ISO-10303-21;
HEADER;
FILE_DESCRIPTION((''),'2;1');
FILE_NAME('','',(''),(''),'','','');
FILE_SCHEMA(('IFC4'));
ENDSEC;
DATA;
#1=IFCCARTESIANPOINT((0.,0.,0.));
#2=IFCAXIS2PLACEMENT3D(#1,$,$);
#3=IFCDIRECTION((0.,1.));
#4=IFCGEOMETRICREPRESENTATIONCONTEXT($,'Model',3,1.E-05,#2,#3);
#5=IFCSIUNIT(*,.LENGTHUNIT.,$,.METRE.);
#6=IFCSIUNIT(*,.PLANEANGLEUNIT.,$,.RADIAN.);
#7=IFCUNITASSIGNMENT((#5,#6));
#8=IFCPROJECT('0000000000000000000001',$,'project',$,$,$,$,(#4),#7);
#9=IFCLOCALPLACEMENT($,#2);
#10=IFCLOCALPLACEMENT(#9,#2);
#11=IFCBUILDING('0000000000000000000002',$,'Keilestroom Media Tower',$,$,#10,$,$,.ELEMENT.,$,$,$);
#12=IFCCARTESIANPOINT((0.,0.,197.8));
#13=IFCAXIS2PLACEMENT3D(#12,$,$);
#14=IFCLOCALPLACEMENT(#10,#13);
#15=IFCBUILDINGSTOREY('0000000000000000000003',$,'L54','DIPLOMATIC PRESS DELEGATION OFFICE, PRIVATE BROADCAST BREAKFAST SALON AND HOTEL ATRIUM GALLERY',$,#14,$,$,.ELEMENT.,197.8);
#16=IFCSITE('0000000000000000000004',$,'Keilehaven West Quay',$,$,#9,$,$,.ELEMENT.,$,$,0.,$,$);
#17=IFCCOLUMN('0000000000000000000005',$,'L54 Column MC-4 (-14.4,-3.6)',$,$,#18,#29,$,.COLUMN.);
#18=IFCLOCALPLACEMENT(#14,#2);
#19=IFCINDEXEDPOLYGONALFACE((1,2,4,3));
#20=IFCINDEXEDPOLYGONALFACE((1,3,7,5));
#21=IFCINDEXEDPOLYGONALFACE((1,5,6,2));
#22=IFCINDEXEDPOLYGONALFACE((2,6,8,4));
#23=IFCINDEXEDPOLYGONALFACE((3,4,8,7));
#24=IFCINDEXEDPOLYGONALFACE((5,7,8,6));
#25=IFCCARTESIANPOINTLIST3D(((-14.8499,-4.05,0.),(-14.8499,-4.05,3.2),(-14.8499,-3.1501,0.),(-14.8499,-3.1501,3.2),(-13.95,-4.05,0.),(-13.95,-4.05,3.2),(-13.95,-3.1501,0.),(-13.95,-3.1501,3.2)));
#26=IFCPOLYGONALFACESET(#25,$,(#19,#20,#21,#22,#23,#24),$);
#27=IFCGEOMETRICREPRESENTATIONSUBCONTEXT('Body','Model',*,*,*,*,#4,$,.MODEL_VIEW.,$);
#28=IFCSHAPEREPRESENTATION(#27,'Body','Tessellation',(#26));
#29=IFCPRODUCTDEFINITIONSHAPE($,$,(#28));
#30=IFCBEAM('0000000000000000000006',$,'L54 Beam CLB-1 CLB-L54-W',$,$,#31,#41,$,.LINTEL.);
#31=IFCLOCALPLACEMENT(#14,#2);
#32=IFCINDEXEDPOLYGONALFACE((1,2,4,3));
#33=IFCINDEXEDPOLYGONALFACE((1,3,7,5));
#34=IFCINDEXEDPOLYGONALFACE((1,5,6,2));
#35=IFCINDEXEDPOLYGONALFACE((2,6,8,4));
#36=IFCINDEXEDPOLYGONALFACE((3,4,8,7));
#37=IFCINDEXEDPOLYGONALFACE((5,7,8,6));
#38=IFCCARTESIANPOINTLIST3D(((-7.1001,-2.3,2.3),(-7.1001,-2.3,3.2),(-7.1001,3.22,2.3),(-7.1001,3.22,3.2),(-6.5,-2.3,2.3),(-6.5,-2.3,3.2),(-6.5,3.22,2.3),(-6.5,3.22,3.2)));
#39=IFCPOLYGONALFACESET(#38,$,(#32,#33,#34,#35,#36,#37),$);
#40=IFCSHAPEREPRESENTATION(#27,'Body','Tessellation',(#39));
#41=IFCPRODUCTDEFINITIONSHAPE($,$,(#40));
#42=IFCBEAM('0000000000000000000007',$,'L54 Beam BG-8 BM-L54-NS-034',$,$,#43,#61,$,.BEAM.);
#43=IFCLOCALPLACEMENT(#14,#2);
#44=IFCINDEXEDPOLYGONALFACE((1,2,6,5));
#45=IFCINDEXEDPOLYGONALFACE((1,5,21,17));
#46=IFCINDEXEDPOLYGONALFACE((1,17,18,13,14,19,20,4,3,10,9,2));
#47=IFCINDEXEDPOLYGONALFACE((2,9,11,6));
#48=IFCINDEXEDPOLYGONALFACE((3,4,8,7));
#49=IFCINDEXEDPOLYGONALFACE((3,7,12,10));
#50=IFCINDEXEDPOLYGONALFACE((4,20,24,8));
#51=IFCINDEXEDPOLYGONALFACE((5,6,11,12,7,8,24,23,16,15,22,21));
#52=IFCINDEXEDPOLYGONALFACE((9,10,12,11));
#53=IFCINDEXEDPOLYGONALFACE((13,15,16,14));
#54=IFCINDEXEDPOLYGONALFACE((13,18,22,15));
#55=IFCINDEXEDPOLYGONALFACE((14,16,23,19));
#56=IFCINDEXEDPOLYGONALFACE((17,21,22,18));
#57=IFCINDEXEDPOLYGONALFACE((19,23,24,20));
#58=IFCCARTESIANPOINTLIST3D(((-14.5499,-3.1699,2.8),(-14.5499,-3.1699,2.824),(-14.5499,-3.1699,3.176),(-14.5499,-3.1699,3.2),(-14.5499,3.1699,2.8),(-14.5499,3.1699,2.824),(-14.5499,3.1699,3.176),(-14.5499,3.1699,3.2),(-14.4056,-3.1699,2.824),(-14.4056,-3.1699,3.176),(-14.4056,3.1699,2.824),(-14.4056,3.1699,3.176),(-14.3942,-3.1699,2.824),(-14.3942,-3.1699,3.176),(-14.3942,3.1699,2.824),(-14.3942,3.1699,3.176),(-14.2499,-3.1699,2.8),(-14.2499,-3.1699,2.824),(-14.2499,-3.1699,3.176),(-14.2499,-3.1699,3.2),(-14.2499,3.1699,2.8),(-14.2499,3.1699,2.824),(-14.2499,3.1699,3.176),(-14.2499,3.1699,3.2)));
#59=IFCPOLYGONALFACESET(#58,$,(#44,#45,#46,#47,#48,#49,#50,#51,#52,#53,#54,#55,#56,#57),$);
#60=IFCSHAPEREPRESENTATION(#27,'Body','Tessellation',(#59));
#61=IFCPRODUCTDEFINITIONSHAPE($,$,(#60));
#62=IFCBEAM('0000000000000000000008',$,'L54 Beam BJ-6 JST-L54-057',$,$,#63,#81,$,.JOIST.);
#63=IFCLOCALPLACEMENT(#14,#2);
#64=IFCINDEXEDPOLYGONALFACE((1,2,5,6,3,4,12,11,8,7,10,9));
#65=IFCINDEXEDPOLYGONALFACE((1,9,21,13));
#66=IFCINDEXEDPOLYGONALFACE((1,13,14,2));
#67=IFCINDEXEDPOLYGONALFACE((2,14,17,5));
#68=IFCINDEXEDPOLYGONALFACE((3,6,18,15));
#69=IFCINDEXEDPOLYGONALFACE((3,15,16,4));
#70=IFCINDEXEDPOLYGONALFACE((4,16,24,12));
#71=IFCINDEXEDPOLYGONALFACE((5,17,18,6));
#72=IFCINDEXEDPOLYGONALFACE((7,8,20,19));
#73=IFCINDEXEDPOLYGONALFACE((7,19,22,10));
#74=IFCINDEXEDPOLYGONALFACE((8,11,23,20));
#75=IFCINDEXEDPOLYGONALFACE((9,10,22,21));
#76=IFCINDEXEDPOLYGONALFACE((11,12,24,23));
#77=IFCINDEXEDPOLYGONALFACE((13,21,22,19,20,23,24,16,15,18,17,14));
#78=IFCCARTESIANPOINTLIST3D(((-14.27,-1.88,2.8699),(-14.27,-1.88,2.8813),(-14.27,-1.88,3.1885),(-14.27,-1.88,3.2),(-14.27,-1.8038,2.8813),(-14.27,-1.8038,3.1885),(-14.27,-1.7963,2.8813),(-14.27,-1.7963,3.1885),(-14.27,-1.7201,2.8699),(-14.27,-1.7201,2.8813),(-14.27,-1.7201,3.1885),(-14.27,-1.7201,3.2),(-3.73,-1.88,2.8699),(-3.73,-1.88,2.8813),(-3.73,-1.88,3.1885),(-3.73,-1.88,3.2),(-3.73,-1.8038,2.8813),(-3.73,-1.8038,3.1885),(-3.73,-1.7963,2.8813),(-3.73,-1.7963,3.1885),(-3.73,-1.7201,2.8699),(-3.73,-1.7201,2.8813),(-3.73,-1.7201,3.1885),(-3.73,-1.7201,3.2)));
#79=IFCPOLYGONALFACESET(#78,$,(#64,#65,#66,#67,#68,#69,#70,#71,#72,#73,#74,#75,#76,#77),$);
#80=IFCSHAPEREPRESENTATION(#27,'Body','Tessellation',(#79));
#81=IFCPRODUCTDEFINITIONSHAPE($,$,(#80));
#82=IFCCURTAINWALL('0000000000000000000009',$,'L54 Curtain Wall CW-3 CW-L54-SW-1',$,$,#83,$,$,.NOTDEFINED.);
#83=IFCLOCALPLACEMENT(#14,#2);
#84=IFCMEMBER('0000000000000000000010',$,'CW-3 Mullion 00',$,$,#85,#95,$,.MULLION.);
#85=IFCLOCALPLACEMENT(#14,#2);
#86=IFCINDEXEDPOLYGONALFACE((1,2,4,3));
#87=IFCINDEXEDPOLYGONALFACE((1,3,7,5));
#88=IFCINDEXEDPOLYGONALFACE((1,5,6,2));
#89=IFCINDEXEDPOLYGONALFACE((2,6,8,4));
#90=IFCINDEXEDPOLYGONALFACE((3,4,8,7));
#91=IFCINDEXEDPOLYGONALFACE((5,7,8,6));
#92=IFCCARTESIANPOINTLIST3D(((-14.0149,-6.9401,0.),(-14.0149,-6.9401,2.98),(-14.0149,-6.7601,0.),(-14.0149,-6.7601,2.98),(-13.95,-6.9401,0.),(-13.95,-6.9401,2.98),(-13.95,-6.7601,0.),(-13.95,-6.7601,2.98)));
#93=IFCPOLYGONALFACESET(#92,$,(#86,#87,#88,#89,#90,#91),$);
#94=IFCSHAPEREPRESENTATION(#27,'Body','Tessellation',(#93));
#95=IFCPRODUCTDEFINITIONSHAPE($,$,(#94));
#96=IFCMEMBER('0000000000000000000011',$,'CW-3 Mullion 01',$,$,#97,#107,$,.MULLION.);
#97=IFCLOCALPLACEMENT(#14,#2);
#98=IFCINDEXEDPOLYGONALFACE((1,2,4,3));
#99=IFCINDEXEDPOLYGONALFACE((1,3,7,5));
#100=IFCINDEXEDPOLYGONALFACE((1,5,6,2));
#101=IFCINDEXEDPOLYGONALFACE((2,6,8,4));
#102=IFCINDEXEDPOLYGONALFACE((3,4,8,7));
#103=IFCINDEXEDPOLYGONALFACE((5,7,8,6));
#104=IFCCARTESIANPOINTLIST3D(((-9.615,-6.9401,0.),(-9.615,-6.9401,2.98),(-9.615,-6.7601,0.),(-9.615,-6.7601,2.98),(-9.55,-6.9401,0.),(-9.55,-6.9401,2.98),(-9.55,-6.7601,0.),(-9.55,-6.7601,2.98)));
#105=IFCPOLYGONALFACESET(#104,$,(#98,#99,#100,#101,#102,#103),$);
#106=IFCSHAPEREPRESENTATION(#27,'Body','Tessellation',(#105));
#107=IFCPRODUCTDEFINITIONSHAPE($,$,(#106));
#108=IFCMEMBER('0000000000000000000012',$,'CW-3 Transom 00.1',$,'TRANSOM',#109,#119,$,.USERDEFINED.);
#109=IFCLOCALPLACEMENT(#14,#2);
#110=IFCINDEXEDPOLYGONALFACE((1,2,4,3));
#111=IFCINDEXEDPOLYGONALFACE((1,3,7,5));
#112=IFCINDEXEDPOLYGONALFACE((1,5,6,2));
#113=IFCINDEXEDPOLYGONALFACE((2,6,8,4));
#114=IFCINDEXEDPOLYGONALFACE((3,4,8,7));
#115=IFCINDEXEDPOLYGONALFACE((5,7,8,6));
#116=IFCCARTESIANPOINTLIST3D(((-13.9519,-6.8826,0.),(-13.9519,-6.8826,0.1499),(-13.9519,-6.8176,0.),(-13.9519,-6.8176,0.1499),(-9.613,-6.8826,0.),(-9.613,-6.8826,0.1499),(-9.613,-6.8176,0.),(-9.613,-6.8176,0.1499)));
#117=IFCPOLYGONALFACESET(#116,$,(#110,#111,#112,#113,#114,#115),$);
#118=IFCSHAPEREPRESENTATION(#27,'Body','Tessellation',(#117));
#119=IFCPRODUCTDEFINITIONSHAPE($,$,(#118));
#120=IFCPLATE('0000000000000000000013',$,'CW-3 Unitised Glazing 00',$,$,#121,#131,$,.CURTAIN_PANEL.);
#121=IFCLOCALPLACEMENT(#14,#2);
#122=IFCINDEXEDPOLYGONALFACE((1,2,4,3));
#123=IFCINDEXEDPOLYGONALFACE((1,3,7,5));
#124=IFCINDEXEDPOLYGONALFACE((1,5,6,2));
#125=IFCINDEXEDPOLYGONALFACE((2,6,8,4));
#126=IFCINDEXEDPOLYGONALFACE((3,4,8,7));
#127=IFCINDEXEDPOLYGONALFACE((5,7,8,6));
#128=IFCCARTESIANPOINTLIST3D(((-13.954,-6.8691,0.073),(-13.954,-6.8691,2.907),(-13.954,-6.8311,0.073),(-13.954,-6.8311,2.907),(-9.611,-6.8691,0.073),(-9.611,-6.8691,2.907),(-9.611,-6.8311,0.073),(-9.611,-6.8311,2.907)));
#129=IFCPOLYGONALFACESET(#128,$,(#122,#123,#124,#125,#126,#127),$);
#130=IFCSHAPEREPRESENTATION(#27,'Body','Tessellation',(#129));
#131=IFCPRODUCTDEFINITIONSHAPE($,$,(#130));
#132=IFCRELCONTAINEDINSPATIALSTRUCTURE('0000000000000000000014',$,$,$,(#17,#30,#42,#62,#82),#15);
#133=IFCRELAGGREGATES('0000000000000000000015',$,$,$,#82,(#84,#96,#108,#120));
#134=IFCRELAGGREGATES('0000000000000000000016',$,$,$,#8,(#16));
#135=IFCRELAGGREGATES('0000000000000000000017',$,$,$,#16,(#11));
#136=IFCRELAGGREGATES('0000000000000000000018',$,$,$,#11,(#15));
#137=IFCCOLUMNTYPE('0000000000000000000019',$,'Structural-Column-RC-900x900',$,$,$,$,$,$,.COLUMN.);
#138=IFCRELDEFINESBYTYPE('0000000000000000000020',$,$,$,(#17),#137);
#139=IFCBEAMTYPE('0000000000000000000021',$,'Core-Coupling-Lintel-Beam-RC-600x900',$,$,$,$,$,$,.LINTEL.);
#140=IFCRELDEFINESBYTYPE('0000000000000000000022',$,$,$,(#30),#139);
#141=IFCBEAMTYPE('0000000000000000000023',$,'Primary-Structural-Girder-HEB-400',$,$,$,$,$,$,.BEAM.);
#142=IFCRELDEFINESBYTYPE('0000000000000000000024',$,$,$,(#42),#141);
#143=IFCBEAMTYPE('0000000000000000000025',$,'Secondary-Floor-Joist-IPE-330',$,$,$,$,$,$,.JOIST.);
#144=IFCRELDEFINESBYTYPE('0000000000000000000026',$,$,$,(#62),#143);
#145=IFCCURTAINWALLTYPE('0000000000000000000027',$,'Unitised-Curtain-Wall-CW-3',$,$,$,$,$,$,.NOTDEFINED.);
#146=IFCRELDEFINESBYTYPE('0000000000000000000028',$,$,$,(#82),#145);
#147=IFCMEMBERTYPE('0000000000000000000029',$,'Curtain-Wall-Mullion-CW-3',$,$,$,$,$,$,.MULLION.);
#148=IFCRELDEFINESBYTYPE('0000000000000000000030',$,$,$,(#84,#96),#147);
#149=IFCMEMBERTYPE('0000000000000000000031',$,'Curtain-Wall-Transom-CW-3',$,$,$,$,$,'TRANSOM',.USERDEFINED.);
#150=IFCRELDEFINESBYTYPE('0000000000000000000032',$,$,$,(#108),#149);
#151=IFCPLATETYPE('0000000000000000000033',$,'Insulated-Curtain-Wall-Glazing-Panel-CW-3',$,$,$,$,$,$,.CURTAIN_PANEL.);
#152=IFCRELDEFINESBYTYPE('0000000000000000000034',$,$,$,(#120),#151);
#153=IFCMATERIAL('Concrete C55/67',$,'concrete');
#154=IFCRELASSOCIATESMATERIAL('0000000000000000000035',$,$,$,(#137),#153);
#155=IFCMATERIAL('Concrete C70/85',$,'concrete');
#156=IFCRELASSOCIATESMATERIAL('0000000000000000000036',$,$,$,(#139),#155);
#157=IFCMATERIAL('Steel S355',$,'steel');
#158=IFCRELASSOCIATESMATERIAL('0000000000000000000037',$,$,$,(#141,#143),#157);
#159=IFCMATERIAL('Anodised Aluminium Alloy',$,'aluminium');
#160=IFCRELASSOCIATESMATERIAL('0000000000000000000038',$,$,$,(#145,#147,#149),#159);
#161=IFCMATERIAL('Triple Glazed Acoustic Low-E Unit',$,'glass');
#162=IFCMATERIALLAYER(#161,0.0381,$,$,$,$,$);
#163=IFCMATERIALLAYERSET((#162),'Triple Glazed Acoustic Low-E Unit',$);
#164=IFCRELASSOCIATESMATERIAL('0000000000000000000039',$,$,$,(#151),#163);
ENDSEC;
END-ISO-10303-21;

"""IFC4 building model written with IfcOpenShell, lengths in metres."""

from ifc_helpers import new_model, si_unit, direction, frame, origin, origin_2d, place, context, subcontext, project, spatial, rectangle, i_section, extrude, source, transform, mapped, material, layer, layer_set, material_profile, profile_set, type_object, element, aggregate, save


model = new_model("IFC4")

# Units and contexts
model_context = context("Model", 3, precision=1e-05, world=origin(), true_north=direction((0.0, 1.0)))
body_context = subcontext(model_context, "Body", "Model", "MODEL_VIEW")
ifc_project = project(units=[si_unit("LENGTHUNIT", "METRE"), si_unit("PLANEANGLEUNIT", "RADIAN")], contexts=[model_context])

# Site, building, storey
site_placement = place(None, origin())
site = spatial("IfcSite", under=ifc_project, at=site_placement, Name="Keilehaven West Quay", CompositionType="ELEMENT", RefElevation=0.0)
building_placement = place(site_placement, origin())
building = spatial("IfcBuilding", under=site, at=building_placement, Name="Keilestroom Media Tower", CompositionType="ELEMENT")
storey_placement = place(building_placement, frame((0.0, 0.0, 197.8)))
storey = spatial("IfcBuildingStorey", under=building, at=storey_placement, Name="L54", Description="DIPLOMATIC PRESS DELEGATION OFFICE, PRIVATE BROADCAST BREAKFAST SALON AND HOTEL ATRIUM GALLERY", CompositionType="ELEMENT", Elevation=197.8)

# Column
ifc_material_1 = material(Name="Concrete C55/67", Category="concrete")
ifc_material_profile_1 = material_profile(ifc_material_1, rectangle(XDim=0.8999, YDim=0.8999, at=origin_2d()), Name="RC 900x900")
ifc_profile_set_1 = profile_set([ifc_material_profile_1], Name="Concrete C55/67")
column_type = type_object("IfcColumnType", Name="Structural-Column-RC-900x900", PredefinedType="COLUMN", material=ifc_profile_set_1)
shared_shape_1 = source(origin(), body_context, "Body", "SweptSolid", [
    extrude(rectangle(XDim=0.8999, YDim=0.8999, at=origin_2d()), origin(), (0.0, 0.0, 1.0), 3.2),
])
column_placement = place(storey_placement, frame((-14.3999, -3.6001, 0.0), z_axis=(0.0, 0.0, 1.0), x_axis=(1.0, 0.0, 0.0)))
element("IfcColumn", 1, at=column_placement, inside=storey, type_object=column_type, Name="L54 Column MC-4 (-14.4,-3.6)", PredefinedType="COLUMN", context=body_context, shape_type="MappedRepresentation", body=[
    mapped(shared_shape_1, transform((0.0, 0.0, 0.0), x_axis=(1.0, 0.0, 0.0), y_axis=(0.0, 1.0, 0.0), z_axis=(0.0, 0.0, 1.0), scale=1.0)),
])

# Beams
ifc_material_2 = material(Name="Concrete C70/85", Category="concrete")
ifc_material_profile_2 = material_profile(ifc_material_2, rectangle(XDim=0.6001, YDim=0.8999, at=origin_2d()), Name="RC 600x900")
ifc_profile_set_2 = profile_set([ifc_material_profile_2], Name="Concrete C70/85")
beam_type_1 = type_object("IfcBeamType", Name="Core-Coupling-Lintel-Beam-RC-600x900", PredefinedType="LINTEL", material=ifc_profile_set_2)
shared_shape_2 = source(origin(), body_context, "Body", "SweptSolid", [
    extrude(rectangle(XDim=0.6001, YDim=0.8999, at=origin_2d()), origin(), (0.0, 0.0, 1.0), 5.52),
])
beam_1_placement = place(storey_placement, frame((-6.8, -2.3, 2.75), z_axis=(0.0, 1.0, 0.0), x_axis=(-1.0, 0.0, 0.0)))
element("IfcBeam", 2, at=beam_1_placement, inside=storey, type_object=beam_type_1, Name="L54 Beam CLB-1 CLB-L54-W", PredefinedType="LINTEL", context=body_context, shape_type="MappedRepresentation", body=[
    mapped(shared_shape_2, transform((0.0, 0.0, 0.0), x_axis=(1.0, 0.0, 0.0), y_axis=(0.0, 1.0, 0.0), z_axis=(0.0, 0.0, 1.0), scale=1.0)),
])
ifc_material_3 = material(Name="Steel S355", Category="steel")
ifc_material_profile_3 = material_profile(ifc_material_3, i_section(OverallWidth=0.3, OverallDepth=0.3999, WebThickness=0.0115, FlangeThickness=0.0239, at=origin_2d()), Name="HEB 400")
ifc_profile_set_3 = profile_set([ifc_material_profile_3], Name="Steel S355")
beam_type_2 = type_object("IfcBeamType", Name="Primary-Structural-Girder-HEB-400", PredefinedType="BEAM", material=ifc_profile_set_3)
shared_shape_3 = source(origin(), body_context, "Body", "SweptSolid", [
    extrude(i_section(OverallWidth=0.3, OverallDepth=0.3999, WebThickness=0.0115, FlangeThickness=0.0239, at=origin_2d()), origin(), (0.0, 0.0, 1.0), 6.3398),
])
beam_2_placement = place(storey_placement, frame((-14.3999, -3.1699, 3.0), z_axis=(0.0, 1.0, 0.0), x_axis=(-1.0, 0.0, 0.0)))
element("IfcBeam", 3, at=beam_2_placement, inside=storey, type_object=beam_type_2, Name="L54 Beam BG-8 BM-L54-NS-034", PredefinedType="BEAM", context=body_context, shape_type="MappedRepresentation", body=[
    mapped(shared_shape_3, transform((0.0, 0.0, 0.0), x_axis=(1.0, 0.0, 0.0), y_axis=(0.0, 1.0, 0.0), z_axis=(0.0, 0.0, 1.0), scale=1.0)),
])
ifc_material_profile_4 = material_profile(ifc_material_3, i_section(OverallWidth=0.1599, OverallDepth=0.3301, WebThickness=0.0076, FlangeThickness=0.0115, at=origin_2d()), Name="IPE 330")
ifc_profile_set_4 = profile_set([ifc_material_profile_4], Name="Steel S355")
beam_type_3 = type_object("IfcBeamType", Name="Secondary-Floor-Joist-IPE-330", PredefinedType="JOIST", material=ifc_profile_set_4)
shared_shape_4 = source(origin(), body_context, "Body", "SweptSolid", [
    extrude(i_section(OverallWidth=0.1599, OverallDepth=0.3301, WebThickness=0.0076, FlangeThickness=0.0115, at=origin_2d()), origin(), (0.0, 0.0, 1.0), 10.54),
])
beam_3_placement = place(storey_placement, frame((-14.27, -1.8, 3.0349), z_axis=(1.0, 0.0, 0.0), x_axis=(0.0, 1.0, 0.0)))
element("IfcBeam", 4, at=beam_3_placement, inside=storey, type_object=beam_type_3, Name="L54 Beam BJ-6 JST-L54-057", PredefinedType="JOIST", context=body_context, shape_type="MappedRepresentation", body=[
    mapped(shared_shape_4, transform((0.0, 0.0, 0.0), x_axis=(1.0, 0.0, 0.0), y_axis=(0.0, 1.0, 0.0), z_axis=(0.0, 0.0, 1.0), scale=1.0)),
])

# Curtain wall, members, plate
ifc_material_4 = material(Name="Anodised Aluminium Alloy", Category="aluminium")
curtain_wall_type = type_object("IfcCurtainWallType", Name="Unitised-Curtain-Wall-CW-3", PredefinedType="NOTDEFINED", material=ifc_material_4)
curtain_wall_placement = place(storey_placement, origin())
curtain_wall = element("IfcCurtainWall", 5, at=curtain_wall_placement, inside=storey, type_object=curtain_wall_type, Name="L54 Curtain Wall CW-3 CW-L54-SW-1", PredefinedType="NOTDEFINED")
ifc_material_profile_5 = material_profile(ifc_material_4, rectangle(XDim=0.0649, YDim=0.1799, at=origin_2d()), Name="ALU MULLION 65x180")
ifc_profile_set_5 = profile_set([ifc_material_profile_5], Name="Anodised Aluminium Alloy")
member_type_1 = type_object("IfcMemberType", Name="Curtain-Wall-Mullion-CW-3", PredefinedType="MULLION", material=ifc_profile_set_5)
shared_shape_5 = source(origin(), body_context, "Body", "SweptSolid", [
    extrude(rectangle(XDim=0.0649, YDim=0.1799, at=origin_2d()), origin(), (0.0, 0.0, 1.0), 2.98),
])
member_1_placement = place(storey_placement, frame((-13.9824, -6.8501, 0.0), z_axis=(0.0, 0.0, 1.0), x_axis=(1.0, 0.0, 0.0)))
member_1 = element("IfcMember", 6, at=member_1_placement, type_object=member_type_1, Name="CW-3 Mullion 00", PredefinedType="MULLION", context=body_context, shape_type="MappedRepresentation", body=[
    mapped(shared_shape_5, transform((0.0, 0.0, 0.0), x_axis=(1.0, 0.0, 0.0), y_axis=(0.0, 1.0, 0.0), z_axis=(0.0, 0.0, 1.0), scale=1.0)),
])
member_2_placement = place(storey_placement, frame((-9.5825, -6.8501, 0.0), z_axis=(0.0, 0.0, 1.0), x_axis=(1.0, 0.0, 0.0)))
member_2 = element("IfcMember", 7, at=member_2_placement, type_object=member_type_1, Name="CW-3 Mullion 01", PredefinedType="MULLION", context=body_context, shape_type="MappedRepresentation", body=[
    mapped(shared_shape_5, transform((0.0, 0.0, 0.0), x_axis=(1.0, 0.0, 0.0), y_axis=(0.0, 1.0, 0.0), z_axis=(0.0, 0.0, 1.0), scale=1.0)),
])
ifc_material_profile_6 = material_profile(ifc_material_4, rectangle(XDim=0.0649, YDim=0.1499, at=origin_2d()), Name="ALU TRANSOM 65x150")
ifc_profile_set_6 = profile_set([ifc_material_profile_6], Name="Anodised Aluminium Alloy")
member_type_2 = type_object("IfcMemberType", Name="Curtain-Wall-Transom-CW-3", ElementType="TRANSOM", PredefinedType="USERDEFINED", material=ifc_profile_set_6)
shared_shape_6 = source(origin(), body_context, "Body", "SweptSolid", [
    extrude(rectangle(XDim=0.0649, YDim=0.1499, at=origin_2d()), origin(), (0.0, 0.0, 1.0), 4.3389),
])
member_3_placement = place(storey_placement, frame((-13.9519, -6.8501, 0.075), z_axis=(1.0, 0.0, 0.0), x_axis=(0.0, 1.0, 0.0)))
member_3 = element("IfcMember", 8, at=member_3_placement, type_object=member_type_2, Name="CW-3 Transom 00.1", ObjectType="TRANSOM", PredefinedType="USERDEFINED", context=body_context, shape_type="MappedRepresentation", body=[
    mapped(shared_shape_6, transform((0.0, 0.0, 0.0), x_axis=(1.0, 0.0, 0.0), y_axis=(0.0, 1.0, 0.0), z_axis=(0.0, 0.0, 1.0), scale=1.0)),
])
ifc_material_5 = material(Name="Triple Glazed Acoustic Low-E Unit", Category="glass")
ifc_layer_1 = layer(ifc_material_5, 0.0381)
ifc_layer_set_1 = layer_set([ifc_layer_1], Name="Triple Glazed Acoustic Low-E Unit")
plate_type = type_object("IfcPlateType", Name="Insulated-Curtain-Wall-Glazing-Panel-CW-3", PredefinedType="CURTAIN_PANEL", material=ifc_layer_set_1)
shared_shape_7 = source(origin(), body_context, "Body", "SweptSolid", [
    extrude(rectangle(XDim=4.343, YDim=0.0381, at=origin_2d()), origin(), (0.0, 0.0, 1.0), 2.834),
])
plate_placement = place(storey_placement, frame((-11.7825, -6.8501, 0.073), z_axis=(0.0, 0.0, 1.0), x_axis=(1.0, 0.0, 0.0)))
plate = element("IfcPlate", 9, at=plate_placement, type_object=plate_type, Name="CW-3 Unitised Glazing 00", PredefinedType="CURTAIN_PANEL", context=body_context, shape_type="MappedRepresentation", body=[
    mapped(shared_shape_7, transform((0.0, 0.0, 0.0), x_axis=(1.0, 0.0, 0.0), y_axis=(0.0, 1.0, 0.0), z_axis=(0.0, 0.0, 1.0), scale=1.0)),
])
aggregate(curtain_wall, [member_1, member_2, member_3, plate])

save(model, "model.ifc")
